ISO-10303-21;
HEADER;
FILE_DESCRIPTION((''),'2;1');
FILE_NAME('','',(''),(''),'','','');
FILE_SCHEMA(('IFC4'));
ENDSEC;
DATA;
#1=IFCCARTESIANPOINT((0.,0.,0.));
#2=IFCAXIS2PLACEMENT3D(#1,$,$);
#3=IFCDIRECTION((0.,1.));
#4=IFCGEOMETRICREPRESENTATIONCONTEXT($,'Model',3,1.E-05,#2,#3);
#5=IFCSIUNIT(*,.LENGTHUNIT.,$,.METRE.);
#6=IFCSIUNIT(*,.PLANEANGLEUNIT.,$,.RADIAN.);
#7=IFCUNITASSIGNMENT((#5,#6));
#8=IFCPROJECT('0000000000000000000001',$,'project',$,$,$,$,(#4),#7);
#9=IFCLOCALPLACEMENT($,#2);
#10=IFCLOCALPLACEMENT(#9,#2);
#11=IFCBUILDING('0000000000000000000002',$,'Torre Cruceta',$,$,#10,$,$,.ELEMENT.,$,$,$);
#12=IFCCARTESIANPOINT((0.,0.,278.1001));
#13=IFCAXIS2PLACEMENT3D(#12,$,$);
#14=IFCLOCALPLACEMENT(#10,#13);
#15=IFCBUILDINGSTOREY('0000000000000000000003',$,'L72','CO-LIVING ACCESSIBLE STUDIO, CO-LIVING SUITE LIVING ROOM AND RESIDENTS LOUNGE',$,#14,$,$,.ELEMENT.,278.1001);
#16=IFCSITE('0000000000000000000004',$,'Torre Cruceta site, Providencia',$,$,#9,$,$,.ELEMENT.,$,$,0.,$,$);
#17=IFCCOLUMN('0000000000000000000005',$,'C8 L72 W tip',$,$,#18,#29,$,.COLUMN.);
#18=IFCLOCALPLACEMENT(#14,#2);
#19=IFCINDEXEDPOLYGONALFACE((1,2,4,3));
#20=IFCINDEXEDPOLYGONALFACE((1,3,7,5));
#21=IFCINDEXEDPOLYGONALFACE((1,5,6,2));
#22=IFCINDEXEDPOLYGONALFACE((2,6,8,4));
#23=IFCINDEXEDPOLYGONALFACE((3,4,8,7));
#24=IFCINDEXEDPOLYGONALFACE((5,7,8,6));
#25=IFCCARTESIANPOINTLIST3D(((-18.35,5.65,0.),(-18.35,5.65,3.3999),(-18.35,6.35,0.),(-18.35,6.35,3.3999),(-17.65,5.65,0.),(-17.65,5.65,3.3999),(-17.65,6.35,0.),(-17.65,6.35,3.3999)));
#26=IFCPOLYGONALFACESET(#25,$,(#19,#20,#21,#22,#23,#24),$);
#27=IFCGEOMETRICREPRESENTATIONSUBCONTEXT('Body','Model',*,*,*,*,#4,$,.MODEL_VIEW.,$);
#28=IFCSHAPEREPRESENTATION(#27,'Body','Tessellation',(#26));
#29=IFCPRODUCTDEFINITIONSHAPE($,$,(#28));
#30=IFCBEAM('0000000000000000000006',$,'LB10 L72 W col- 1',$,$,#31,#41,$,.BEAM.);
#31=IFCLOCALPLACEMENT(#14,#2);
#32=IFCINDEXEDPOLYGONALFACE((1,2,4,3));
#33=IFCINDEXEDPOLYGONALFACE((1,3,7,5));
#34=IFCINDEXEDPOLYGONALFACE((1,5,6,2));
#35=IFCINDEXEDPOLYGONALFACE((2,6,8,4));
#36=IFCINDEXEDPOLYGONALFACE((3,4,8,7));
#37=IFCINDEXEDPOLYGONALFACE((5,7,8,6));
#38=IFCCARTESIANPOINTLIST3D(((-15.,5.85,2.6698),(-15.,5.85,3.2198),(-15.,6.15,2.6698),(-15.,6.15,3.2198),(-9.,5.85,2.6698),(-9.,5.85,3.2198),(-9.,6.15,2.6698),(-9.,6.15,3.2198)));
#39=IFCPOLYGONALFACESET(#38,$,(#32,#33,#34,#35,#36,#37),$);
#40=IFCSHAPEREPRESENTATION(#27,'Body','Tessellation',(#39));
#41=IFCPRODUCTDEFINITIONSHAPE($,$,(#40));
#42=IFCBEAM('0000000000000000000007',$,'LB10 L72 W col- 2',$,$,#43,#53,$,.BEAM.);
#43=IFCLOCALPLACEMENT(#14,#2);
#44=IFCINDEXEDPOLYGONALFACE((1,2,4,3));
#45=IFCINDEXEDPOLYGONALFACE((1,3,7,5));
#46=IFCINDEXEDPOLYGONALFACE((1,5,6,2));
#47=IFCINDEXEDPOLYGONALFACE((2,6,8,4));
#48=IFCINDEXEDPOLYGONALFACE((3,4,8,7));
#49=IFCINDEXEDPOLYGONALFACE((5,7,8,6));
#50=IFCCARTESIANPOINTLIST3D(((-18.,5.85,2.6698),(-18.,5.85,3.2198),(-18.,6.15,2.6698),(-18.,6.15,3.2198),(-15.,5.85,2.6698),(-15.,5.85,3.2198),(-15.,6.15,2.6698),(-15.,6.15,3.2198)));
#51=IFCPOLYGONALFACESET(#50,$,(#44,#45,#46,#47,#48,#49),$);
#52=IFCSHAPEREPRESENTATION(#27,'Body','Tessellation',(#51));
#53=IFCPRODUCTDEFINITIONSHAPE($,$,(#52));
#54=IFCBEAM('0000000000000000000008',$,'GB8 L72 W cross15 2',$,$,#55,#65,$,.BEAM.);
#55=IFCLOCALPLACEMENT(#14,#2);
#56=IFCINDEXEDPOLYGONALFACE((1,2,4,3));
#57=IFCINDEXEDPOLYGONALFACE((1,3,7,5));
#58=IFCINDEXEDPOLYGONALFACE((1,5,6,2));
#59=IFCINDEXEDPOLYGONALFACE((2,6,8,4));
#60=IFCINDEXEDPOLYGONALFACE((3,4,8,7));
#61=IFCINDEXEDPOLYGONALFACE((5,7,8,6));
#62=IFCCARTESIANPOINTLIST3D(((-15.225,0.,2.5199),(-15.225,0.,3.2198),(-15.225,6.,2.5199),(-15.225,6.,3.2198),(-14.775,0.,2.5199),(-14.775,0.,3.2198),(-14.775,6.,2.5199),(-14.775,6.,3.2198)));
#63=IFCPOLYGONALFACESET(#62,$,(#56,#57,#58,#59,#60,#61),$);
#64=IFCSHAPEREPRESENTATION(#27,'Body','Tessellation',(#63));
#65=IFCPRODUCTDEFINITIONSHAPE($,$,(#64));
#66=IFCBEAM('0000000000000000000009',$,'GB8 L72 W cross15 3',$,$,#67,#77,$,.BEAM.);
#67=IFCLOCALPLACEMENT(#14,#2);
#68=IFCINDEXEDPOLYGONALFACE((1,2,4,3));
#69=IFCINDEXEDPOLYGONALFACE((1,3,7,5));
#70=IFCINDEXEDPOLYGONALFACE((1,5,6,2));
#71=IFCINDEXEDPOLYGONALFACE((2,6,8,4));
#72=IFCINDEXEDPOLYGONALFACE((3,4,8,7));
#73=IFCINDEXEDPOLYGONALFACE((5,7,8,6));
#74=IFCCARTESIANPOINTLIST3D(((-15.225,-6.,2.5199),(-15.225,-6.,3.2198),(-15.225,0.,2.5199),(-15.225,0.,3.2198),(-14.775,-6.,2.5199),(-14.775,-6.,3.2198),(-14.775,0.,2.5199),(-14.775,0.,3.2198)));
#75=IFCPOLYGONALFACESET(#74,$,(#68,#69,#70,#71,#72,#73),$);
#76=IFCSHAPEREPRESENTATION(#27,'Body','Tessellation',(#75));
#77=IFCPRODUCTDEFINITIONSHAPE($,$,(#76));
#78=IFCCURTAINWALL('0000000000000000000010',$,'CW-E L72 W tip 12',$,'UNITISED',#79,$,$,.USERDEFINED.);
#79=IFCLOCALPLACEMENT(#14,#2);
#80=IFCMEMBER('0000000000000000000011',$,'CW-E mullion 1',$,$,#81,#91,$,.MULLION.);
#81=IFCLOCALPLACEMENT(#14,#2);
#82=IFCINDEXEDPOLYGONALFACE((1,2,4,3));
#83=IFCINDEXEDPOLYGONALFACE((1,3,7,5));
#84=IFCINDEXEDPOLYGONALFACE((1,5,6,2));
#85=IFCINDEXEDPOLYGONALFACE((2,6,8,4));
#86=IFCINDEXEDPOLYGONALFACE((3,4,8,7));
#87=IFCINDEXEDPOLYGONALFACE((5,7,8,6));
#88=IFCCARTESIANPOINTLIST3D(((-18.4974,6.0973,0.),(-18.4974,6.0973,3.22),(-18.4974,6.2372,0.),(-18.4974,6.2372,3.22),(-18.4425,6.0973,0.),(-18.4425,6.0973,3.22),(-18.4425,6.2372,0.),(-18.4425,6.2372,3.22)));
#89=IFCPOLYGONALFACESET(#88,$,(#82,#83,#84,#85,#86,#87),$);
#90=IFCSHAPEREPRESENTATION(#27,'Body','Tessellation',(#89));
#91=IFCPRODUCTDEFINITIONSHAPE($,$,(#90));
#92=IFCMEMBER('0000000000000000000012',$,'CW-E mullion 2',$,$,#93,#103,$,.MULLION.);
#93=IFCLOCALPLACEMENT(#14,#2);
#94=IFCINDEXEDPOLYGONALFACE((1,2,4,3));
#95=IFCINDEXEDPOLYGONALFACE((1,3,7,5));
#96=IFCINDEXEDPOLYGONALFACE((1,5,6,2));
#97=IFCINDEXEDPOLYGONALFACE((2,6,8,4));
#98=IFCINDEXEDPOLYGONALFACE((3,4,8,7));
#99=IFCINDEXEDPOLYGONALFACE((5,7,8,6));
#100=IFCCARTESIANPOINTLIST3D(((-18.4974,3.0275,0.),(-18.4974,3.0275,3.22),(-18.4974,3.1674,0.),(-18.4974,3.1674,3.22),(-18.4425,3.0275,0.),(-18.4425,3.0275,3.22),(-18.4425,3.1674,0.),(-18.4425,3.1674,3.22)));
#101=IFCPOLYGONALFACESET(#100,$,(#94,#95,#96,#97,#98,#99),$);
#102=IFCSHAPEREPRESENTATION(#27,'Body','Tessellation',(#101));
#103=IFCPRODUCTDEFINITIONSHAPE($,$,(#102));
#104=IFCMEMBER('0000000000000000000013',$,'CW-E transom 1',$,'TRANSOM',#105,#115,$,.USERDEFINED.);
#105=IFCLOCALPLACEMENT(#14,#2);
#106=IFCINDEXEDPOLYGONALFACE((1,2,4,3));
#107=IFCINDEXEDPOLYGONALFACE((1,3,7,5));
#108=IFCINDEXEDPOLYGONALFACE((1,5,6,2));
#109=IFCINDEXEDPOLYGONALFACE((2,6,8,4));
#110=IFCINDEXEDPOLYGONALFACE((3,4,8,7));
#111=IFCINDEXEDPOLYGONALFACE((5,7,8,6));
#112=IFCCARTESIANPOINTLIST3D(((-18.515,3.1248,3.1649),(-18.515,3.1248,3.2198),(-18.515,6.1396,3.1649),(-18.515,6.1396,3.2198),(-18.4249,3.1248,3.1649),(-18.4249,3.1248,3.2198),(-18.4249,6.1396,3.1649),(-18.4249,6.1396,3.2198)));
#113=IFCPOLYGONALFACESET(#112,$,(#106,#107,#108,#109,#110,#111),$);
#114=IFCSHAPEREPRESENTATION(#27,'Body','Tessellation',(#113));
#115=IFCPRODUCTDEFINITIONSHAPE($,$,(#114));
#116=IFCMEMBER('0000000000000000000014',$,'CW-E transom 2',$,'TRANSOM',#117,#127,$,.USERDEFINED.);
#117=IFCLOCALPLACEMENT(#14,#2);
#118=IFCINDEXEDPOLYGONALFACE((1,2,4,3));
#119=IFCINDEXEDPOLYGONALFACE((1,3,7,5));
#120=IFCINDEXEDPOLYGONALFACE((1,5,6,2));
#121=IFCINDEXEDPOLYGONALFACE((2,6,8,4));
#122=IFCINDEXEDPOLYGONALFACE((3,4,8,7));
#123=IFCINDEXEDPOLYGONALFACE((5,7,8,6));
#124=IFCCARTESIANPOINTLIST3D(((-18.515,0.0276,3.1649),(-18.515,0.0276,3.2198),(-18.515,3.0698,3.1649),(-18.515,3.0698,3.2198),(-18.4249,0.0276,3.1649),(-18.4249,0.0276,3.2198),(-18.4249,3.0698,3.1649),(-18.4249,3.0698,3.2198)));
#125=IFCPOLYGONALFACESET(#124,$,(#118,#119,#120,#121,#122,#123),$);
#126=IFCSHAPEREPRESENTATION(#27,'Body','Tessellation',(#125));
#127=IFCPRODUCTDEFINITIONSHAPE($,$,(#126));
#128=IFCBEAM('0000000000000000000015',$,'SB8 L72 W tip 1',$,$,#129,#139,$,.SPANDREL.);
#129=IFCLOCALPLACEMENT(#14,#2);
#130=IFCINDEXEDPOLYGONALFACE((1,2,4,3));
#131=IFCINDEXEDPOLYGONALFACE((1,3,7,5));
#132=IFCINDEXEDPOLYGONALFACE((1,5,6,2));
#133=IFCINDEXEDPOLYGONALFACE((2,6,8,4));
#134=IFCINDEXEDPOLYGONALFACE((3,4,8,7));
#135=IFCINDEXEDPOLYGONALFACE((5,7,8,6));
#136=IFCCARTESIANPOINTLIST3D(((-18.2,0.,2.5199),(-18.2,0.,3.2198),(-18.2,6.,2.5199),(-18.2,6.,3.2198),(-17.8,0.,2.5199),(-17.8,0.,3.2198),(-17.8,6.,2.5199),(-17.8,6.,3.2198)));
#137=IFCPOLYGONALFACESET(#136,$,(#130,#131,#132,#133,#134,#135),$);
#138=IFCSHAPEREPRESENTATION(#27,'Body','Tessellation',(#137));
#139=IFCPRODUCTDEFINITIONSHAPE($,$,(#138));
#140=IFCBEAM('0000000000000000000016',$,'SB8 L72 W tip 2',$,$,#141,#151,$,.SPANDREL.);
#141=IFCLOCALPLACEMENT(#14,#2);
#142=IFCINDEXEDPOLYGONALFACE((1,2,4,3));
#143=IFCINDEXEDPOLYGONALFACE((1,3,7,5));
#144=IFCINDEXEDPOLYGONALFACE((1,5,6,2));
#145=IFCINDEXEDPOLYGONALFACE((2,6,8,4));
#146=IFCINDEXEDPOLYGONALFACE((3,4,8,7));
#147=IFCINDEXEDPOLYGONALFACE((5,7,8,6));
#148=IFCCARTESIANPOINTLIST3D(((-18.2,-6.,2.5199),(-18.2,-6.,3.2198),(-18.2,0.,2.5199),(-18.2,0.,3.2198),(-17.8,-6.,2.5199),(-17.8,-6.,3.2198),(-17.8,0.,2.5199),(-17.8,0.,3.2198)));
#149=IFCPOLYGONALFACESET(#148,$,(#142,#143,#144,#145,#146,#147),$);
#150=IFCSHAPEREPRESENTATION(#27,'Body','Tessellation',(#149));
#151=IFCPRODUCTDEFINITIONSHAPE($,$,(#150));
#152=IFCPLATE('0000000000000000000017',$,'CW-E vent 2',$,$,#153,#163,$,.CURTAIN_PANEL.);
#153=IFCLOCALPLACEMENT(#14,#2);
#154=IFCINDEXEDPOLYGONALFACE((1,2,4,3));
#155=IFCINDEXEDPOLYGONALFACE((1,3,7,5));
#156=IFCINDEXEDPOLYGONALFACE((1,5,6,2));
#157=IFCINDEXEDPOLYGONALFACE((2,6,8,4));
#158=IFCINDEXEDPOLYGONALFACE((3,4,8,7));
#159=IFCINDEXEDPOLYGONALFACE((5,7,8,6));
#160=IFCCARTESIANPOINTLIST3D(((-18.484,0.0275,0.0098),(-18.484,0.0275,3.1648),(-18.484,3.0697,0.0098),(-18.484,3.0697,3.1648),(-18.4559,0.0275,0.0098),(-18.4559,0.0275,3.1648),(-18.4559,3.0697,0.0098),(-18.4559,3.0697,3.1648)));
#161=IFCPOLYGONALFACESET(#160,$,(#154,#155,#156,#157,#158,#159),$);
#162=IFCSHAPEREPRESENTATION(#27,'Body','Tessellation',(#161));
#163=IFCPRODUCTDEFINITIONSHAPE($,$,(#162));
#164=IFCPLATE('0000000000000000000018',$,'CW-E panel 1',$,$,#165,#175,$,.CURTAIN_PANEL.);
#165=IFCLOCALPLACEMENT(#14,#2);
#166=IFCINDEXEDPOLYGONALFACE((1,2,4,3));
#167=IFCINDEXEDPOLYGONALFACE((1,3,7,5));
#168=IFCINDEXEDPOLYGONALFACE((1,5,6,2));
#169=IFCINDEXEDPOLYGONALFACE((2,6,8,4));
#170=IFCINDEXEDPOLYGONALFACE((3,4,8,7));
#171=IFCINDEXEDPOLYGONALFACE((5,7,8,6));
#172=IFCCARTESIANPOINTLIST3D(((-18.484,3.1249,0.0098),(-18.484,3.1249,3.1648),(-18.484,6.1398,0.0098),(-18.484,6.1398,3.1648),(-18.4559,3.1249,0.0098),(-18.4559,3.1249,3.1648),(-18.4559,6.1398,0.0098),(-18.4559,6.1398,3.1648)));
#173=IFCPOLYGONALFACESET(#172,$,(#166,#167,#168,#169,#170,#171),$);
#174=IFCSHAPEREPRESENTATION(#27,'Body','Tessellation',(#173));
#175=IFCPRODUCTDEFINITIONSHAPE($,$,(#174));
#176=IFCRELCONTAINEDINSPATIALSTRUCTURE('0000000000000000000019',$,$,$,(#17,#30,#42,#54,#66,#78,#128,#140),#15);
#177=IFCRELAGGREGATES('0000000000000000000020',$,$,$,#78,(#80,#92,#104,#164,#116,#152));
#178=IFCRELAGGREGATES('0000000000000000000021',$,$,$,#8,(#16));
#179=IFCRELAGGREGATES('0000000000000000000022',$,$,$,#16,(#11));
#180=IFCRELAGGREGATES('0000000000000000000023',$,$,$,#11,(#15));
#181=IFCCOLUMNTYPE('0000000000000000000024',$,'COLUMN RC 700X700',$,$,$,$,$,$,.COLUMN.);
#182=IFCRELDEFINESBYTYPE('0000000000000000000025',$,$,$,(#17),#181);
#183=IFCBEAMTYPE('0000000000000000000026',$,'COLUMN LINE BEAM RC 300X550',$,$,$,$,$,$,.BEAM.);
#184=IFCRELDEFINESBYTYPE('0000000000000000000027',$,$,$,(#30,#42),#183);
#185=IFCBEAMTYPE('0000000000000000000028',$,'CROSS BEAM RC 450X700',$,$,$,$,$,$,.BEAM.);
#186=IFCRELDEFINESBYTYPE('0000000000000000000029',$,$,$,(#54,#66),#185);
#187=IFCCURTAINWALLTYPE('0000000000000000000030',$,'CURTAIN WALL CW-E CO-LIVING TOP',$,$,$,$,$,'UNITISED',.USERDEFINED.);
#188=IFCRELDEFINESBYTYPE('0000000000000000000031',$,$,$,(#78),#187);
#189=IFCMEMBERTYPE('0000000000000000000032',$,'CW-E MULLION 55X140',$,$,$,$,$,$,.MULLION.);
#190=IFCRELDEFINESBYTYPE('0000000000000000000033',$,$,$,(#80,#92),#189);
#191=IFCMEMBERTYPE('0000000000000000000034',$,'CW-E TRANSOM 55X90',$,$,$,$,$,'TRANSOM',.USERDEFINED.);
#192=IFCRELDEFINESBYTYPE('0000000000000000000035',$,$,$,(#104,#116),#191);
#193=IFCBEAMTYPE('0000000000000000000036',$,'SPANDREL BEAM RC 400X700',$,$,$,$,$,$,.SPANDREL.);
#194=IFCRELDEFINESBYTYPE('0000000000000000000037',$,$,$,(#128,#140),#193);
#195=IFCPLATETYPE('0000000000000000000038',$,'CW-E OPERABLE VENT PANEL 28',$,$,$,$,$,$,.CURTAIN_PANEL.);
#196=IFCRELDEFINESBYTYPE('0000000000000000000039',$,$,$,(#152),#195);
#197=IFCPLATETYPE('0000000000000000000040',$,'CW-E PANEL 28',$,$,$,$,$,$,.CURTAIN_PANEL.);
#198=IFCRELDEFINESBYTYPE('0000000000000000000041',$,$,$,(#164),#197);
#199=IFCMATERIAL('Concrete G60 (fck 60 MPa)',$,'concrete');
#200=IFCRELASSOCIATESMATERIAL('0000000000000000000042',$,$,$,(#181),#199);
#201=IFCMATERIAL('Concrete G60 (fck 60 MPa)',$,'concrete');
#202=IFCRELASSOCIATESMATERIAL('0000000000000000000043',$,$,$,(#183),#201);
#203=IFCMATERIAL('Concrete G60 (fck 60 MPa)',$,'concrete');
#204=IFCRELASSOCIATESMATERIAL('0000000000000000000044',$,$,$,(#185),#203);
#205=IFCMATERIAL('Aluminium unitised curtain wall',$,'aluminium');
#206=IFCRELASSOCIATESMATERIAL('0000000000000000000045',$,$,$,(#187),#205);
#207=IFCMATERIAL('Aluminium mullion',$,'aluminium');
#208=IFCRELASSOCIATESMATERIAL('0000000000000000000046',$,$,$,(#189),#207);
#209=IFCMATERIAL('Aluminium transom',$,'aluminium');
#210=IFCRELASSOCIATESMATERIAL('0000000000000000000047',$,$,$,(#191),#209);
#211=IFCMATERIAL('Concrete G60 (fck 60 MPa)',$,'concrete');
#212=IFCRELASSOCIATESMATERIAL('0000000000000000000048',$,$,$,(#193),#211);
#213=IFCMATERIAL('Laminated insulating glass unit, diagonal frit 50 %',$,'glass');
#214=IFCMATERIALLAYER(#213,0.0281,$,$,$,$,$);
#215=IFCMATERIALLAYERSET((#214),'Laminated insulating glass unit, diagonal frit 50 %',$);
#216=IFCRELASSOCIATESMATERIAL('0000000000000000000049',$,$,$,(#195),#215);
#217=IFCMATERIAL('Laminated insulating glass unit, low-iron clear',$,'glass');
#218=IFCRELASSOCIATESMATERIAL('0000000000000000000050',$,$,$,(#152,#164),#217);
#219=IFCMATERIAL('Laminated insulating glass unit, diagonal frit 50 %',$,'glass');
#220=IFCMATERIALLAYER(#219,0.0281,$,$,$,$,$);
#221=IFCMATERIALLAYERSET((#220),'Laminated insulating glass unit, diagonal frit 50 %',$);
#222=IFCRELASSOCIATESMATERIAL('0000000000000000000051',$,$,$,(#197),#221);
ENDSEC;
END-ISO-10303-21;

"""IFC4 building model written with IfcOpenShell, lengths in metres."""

from ifc_helpers import new_model, si_unit, direction, frame, origin, origin_2d, place, context, subcontext, project, spatial, rectangle, extrude, material, layer, layer_set, material_profile, profile_set, type_object, element, aggregate, save


model = new_model("IFC4")

# Units and contexts
model_context = context("Model", 3, precision=1e-05, world=origin(), true_north=direction((0.0, 1.0)))
body_context = subcontext(model_context, "Body", "Model", "MODEL_VIEW")
ifc_project = project(units=[si_unit("LENGTHUNIT", "METRE"), si_unit("PLANEANGLEUNIT", "RADIAN")], contexts=[model_context])

# Site, building, storey
site_placement = place(None, origin())
site = spatial("IfcSite", under=ifc_project, at=site_placement, Name="Torre Cruceta site, Providencia", CompositionType="ELEMENT", RefElevation=0.0)
building_placement = place(site_placement, origin())
building = spatial("IfcBuilding", under=site, at=building_placement, Name="Torre Cruceta", CompositionType="ELEMENT")
storey_placement = place(building_placement, frame((0.0, 0.0, 278.1001)))
storey = spatial("IfcBuildingStorey", under=building, at=storey_placement, Name="L72", Description="CO-LIVING ACCESSIBLE STUDIO, CO-LIVING SUITE LIVING ROOM AND RESIDENTS LOUNGE", CompositionType="ELEMENT", Elevation=278.1001)

# Column
ifc_material_1 = material(Name="Concrete G60 (fck 60 MPa)", Category="concrete")
ifc_material_profile_1 = material_profile(ifc_material_1, rectangle(XDim=0.7, YDim=0.7, at=origin_2d()), Name="RC 700X700")
ifc_profile_set_1 = profile_set([ifc_material_profile_1], Name="Concrete G60 (fck 60 MPa)")
column_type = type_object("IfcColumnType", Name="COLUMN RC 700X700", PredefinedType="COLUMN", material=ifc_profile_set_1)
column_placement = place(storey_placement, frame((-18.0, 6.0, 0.0), z_axis=(0.0, 0.0, 1.0), x_axis=(1.0, 0.0, 0.0)))
element("IfcColumn", 1, at=column_placement, inside=storey, type_object=column_type, Name="C8 L72 W tip", PredefinedType="COLUMN", context=body_context, shape_type="SweptSolid", body=[
    extrude(rectangle(XDim=0.7, YDim=0.7, at=origin_2d()), origin(), (0.0, 0.0, 1.0), 3.3999),
])

# Beams
ifc_material_2 = material(Name="Concrete G60 (fck 60 MPa)", Category="concrete")
ifc_material_profile_2 = material_profile(ifc_material_2, rectangle(XDim=0.3, YDim=0.55, at=origin_2d()), Name="RC 300X550")
ifc_profile_set_2 = profile_set([ifc_material_profile_2], Name="Concrete G60 (fck 60 MPa)")
beam_type_1 = type_object("IfcBeamType", Name="COLUMN LINE BEAM RC 300X550", PredefinedType="BEAM", material=ifc_profile_set_2)
beam_1_placement = place(storey_placement, frame((-9.0, 6.0, 2.9448), z_axis=(-1.0, 0.0, 0.0), x_axis=(0.0, -1.0, 0.0)))
element("IfcBeam", 2, at=beam_1_placement, inside=storey, type_object=beam_type_1, Name="LB10 L72 W col- 1", PredefinedType="BEAM", context=body_context, shape_type="SweptSolid", body=[
    extrude(rectangle(XDim=0.3, YDim=0.55, at=origin_2d()), origin(), (0.0, 0.0, 1.0), 6.0),
])
beam_2_placement = place(storey_placement, frame((-15.0, 6.0, 2.9448), z_axis=(-1.0, 0.0, 0.0), x_axis=(0.0, -1.0, 0.0)))
element("IfcBeam", 3, at=beam_2_placement, inside=storey, type_object=beam_type_1, Name="LB10 L72 W col- 2", PredefinedType="BEAM", context=body_context, shape_type="SweptSolid", body=[
    extrude(rectangle(XDim=0.3, YDim=0.55, at=origin_2d()), origin(), (0.0, 0.0, 1.0), 3.0),
])
ifc_material_3 = material(Name="Concrete G60 (fck 60 MPa)", Category="concrete")
ifc_material_profile_3 = material_profile(ifc_material_3, rectangle(XDim=0.45, YDim=0.7, at=origin_2d()), Name="RC 450X700")
ifc_profile_set_3 = profile_set([ifc_material_profile_3], Name="Concrete G60 (fck 60 MPa)")
beam_type_2 = type_object("IfcBeamType", Name="CROSS BEAM RC 450X700", PredefinedType="BEAM", material=ifc_profile_set_3)
for number, where, z_axis, x_axis, name in (
    (4, (-15.0, 6.0, 2.8699), (0.0, -1.0, 0.0), (1.0, 0.0, 0.0), "GB8 L72 W cross15 2"),
    (5, (-15.0, 0.0, 2.8699), (0.0, -1.0, 0.0), (1.0, 0.0, 0.0), "GB8 L72 W cross15 3"),
):
    element("IfcBeam", number, at=place(storey_placement, frame(where, z_axis=z_axis, x_axis=x_axis)), inside=storey, type_object=beam_type_2, Name=name, PredefinedType="BEAM", context=body_context, shape_type="SweptSolid", body=[
        extrude(rectangle(XDim=0.45, YDim=0.7, at=origin_2d()), origin(), (0.0, 0.0, 1.0), 6.0),
    ])

# Curtain wall, members
ifc_material_4 = material(Name="Aluminium unitised curtain wall", Category="aluminium")
curtain_wall_type = type_object("IfcCurtainWallType", Name="CURTAIN WALL CW-E CO-LIVING TOP", ElementType="UNITISED", PredefinedType="USERDEFINED", material=ifc_material_4)
curtain_wall_placement = place(storey_placement, origin())
curtain_wall = element("IfcCurtainWall", 6, at=curtain_wall_placement, inside=storey, type_object=curtain_wall_type, Name="CW-E L72 W tip 12", ObjectType="UNITISED", PredefinedType="USERDEFINED")
ifc_material_5 = material(Name="Aluminium mullion", Category="aluminium")
ifc_material_profile_4 = material_profile(ifc_material_5, rectangle(XDim=0.0549, YDim=0.1399, at=origin_2d()), Name="AL 55X140")
ifc_profile_set_4 = profile_set([ifc_material_profile_4], Name="Aluminium mullion")
member_type_1 = type_object("IfcMemberType", Name="CW-E MULLION 55X140", PredefinedType="MULLION", material=ifc_profile_set_4)
member_1_placement = place(storey_placement, frame((-18.47, 6.1672, 0.0), z_axis=(0.0, 0.0, 1.0), x_axis=(1.0, 0.0, 0.0)))
member_1 = element("IfcMember", 7, at=member_1_placement, type_object=member_type_1, Name="CW-E mullion 1", PredefinedType="MULLION", context=body_context, shape_type="SweptSolid", body=[
    extrude(rectangle(XDim=0.0549, YDim=0.1399, at=origin_2d()), origin(), (0.0, 0.0, 1.0), 3.22),
])
member_2_placement = place(storey_placement, frame((-18.47, 3.0974, 0.0), z_axis=(0.0, 0.0, 1.0), x_axis=(1.0, 0.0, 0.0)))
member_2 = element("IfcMember", 8, at=member_2_placement, type_object=member_type_1, Name="CW-E mullion 2", PredefinedType="MULLION", context=body_context, shape_type="SweptSolid", body=[
    extrude(rectangle(XDim=0.0549, YDim=0.1399, at=origin_2d()), origin(), (0.0, 0.0, 1.0), 3.22),
])
ifc_material_6 = material(Name="Aluminium transom", Category="aluminium")
ifc_material_profile_5 = material_profile(ifc_material_6, rectangle(XDim=0.0901, YDim=0.0549, at=origin_2d()), Name="AL 90X55")
ifc_profile_set_5 = profile_set([ifc_material_profile_5], Name="Aluminium transom")
member_type_2 = type_object("IfcMemberType", Name="CW-E TRANSOM 55X90", ElementType="TRANSOM", PredefinedType="USERDEFINED", material=ifc_profile_set_5)
member_3_placement = place(storey_placement, frame((-18.47, 6.1396, 3.1924), z_axis=(0.0, -1.0, 0.0), x_axis=(1.0, 0.0, 0.0)))
member_3 = element("IfcMember", 9, at=member_3_placement, type_object=member_type_2, Name="CW-E transom 1", ObjectType="TRANSOM", PredefinedType="USERDEFINED", context=body_context, shape_type="SweptSolid", body=[
    extrude(rectangle(XDim=0.0901, YDim=0.0549, at=origin_2d()), origin(), (0.0, 0.0, 1.0), 3.0149),
])
member_4_placement = place(storey_placement, frame((-18.47, 3.0698, 3.1924), z_axis=(0.0, -1.0, 0.0), x_axis=(1.0, 0.0, 0.0)))
member_4 = element("IfcMember", 10, at=member_4_placement, type_object=member_type_2, Name="CW-E transom 2", ObjectType="TRANSOM", PredefinedType="USERDEFINED", context=body_context, shape_type="SweptSolid", body=[
    extrude(rectangle(XDim=0.0901, YDim=0.0549, at=origin_2d()), origin(), (0.0, 0.0, 1.0), 3.0422),
])

# Beams
ifc_material_7 = material(Name="Concrete G60 (fck 60 MPa)", Category="concrete")
ifc_material_profile_6 = material_profile(ifc_material_7, rectangle(XDim=0.3999, YDim=0.7, at=origin_2d()), Name="RC 400X700")
ifc_profile_set_6 = profile_set([ifc_material_profile_6], Name="Concrete G60 (fck 60 MPa)")
beam_type_3 = type_object("IfcBeamType", Name="SPANDREL BEAM RC 400X700", PredefinedType="SPANDREL", material=ifc_profile_set_6)
for number, where, z_axis, x_axis, name in (
    (11, (-18.0, 6.0, 2.8699), (0.0, -1.0, 0.0), (1.0, 0.0, 0.0), "SB8 L72 W tip 1"),
    (12, (-18.0, 0.0, 2.8699), (0.0, -1.0, 0.0), (1.0, 0.0, 0.0), "SB8 L72 W tip 2"),
):
    element("IfcBeam", number, at=place(storey_placement, frame(where, z_axis=z_axis, x_axis=x_axis)), inside=storey, type_object=beam_type_3, Name=name, PredefinedType="SPANDREL", context=body_context, shape_type="SweptSolid", body=[
        extrude(rectangle(XDim=0.3999, YDim=0.7, at=origin_2d()), origin(), (0.0, 0.0, 1.0), 6.0),
    ])

# Plates
ifc_material_8 = material(Name="Laminated insulating glass unit, low-iron clear", Category="glass")
ifc_material_9 = material(Name="Laminated insulating glass unit, diagonal frit 50 %", Category="glass")
ifc_layer_1 = layer(ifc_material_9, 0.0281)
ifc_layer_set_1 = layer_set([ifc_layer_1], Name="Laminated insulating glass unit, diagonal frit 50 %")
plate_type_1 = type_object("IfcPlateType", Name="CW-E OPERABLE VENT PANEL 28", PredefinedType="CURTAIN_PANEL", material=ifc_layer_set_1)
plate_1_placement = place(storey_placement, frame((-18.47, 1.5486, 0.0098), z_axis=(0.0, 0.0, 1.0), x_axis=(0.0, -1.0, 0.0)))
plate_1 = element("IfcPlate", 13, at=plate_1_placement, type_object=plate_type_1, material=ifc_material_8, Name="CW-E vent 2", PredefinedType="CURTAIN_PANEL", context=body_context, shape_type="SweptSolid", body=[
    extrude(rectangle(XDim=3.0422, YDim=0.0281, at=origin_2d()), origin(), (0.0, 0.0, 1.0), 3.155),
])
ifc_material_10 = material(Name="Laminated insulating glass unit, diagonal frit 50 %", Category="glass")
ifc_layer_2 = layer(ifc_material_10, 0.0281)
ifc_layer_set_2 = layer_set([ifc_layer_2], Name="Laminated insulating glass unit, diagonal frit 50 %")
plate_type_2 = type_object("IfcPlateType", Name="CW-E PANEL 28", PredefinedType="CURTAIN_PANEL", material=ifc_layer_set_2)
plate_2_placement = place(storey_placement, frame((-18.47, 4.6323, 0.0098), z_axis=(0.0, 0.0, 1.0), x_axis=(0.0, -1.0, 0.0)))
plate_2 = element("IfcPlate", 14, at=plate_2_placement, type_object=plate_type_2, material=ifc_material_8, Name="CW-E panel 1", PredefinedType="CURTAIN_PANEL", context=body_context, shape_type="SweptSolid", body=[
    extrude(rectangle(XDim=3.0149, YDim=0.0281, at=origin_2d()), origin(), (0.0, 0.0, 1.0), 3.155),
])
aggregate(curtain_wall, [member_1, member_2, member_3, plate_2, member_4, plate_1])

save(model, "model.ifc")
